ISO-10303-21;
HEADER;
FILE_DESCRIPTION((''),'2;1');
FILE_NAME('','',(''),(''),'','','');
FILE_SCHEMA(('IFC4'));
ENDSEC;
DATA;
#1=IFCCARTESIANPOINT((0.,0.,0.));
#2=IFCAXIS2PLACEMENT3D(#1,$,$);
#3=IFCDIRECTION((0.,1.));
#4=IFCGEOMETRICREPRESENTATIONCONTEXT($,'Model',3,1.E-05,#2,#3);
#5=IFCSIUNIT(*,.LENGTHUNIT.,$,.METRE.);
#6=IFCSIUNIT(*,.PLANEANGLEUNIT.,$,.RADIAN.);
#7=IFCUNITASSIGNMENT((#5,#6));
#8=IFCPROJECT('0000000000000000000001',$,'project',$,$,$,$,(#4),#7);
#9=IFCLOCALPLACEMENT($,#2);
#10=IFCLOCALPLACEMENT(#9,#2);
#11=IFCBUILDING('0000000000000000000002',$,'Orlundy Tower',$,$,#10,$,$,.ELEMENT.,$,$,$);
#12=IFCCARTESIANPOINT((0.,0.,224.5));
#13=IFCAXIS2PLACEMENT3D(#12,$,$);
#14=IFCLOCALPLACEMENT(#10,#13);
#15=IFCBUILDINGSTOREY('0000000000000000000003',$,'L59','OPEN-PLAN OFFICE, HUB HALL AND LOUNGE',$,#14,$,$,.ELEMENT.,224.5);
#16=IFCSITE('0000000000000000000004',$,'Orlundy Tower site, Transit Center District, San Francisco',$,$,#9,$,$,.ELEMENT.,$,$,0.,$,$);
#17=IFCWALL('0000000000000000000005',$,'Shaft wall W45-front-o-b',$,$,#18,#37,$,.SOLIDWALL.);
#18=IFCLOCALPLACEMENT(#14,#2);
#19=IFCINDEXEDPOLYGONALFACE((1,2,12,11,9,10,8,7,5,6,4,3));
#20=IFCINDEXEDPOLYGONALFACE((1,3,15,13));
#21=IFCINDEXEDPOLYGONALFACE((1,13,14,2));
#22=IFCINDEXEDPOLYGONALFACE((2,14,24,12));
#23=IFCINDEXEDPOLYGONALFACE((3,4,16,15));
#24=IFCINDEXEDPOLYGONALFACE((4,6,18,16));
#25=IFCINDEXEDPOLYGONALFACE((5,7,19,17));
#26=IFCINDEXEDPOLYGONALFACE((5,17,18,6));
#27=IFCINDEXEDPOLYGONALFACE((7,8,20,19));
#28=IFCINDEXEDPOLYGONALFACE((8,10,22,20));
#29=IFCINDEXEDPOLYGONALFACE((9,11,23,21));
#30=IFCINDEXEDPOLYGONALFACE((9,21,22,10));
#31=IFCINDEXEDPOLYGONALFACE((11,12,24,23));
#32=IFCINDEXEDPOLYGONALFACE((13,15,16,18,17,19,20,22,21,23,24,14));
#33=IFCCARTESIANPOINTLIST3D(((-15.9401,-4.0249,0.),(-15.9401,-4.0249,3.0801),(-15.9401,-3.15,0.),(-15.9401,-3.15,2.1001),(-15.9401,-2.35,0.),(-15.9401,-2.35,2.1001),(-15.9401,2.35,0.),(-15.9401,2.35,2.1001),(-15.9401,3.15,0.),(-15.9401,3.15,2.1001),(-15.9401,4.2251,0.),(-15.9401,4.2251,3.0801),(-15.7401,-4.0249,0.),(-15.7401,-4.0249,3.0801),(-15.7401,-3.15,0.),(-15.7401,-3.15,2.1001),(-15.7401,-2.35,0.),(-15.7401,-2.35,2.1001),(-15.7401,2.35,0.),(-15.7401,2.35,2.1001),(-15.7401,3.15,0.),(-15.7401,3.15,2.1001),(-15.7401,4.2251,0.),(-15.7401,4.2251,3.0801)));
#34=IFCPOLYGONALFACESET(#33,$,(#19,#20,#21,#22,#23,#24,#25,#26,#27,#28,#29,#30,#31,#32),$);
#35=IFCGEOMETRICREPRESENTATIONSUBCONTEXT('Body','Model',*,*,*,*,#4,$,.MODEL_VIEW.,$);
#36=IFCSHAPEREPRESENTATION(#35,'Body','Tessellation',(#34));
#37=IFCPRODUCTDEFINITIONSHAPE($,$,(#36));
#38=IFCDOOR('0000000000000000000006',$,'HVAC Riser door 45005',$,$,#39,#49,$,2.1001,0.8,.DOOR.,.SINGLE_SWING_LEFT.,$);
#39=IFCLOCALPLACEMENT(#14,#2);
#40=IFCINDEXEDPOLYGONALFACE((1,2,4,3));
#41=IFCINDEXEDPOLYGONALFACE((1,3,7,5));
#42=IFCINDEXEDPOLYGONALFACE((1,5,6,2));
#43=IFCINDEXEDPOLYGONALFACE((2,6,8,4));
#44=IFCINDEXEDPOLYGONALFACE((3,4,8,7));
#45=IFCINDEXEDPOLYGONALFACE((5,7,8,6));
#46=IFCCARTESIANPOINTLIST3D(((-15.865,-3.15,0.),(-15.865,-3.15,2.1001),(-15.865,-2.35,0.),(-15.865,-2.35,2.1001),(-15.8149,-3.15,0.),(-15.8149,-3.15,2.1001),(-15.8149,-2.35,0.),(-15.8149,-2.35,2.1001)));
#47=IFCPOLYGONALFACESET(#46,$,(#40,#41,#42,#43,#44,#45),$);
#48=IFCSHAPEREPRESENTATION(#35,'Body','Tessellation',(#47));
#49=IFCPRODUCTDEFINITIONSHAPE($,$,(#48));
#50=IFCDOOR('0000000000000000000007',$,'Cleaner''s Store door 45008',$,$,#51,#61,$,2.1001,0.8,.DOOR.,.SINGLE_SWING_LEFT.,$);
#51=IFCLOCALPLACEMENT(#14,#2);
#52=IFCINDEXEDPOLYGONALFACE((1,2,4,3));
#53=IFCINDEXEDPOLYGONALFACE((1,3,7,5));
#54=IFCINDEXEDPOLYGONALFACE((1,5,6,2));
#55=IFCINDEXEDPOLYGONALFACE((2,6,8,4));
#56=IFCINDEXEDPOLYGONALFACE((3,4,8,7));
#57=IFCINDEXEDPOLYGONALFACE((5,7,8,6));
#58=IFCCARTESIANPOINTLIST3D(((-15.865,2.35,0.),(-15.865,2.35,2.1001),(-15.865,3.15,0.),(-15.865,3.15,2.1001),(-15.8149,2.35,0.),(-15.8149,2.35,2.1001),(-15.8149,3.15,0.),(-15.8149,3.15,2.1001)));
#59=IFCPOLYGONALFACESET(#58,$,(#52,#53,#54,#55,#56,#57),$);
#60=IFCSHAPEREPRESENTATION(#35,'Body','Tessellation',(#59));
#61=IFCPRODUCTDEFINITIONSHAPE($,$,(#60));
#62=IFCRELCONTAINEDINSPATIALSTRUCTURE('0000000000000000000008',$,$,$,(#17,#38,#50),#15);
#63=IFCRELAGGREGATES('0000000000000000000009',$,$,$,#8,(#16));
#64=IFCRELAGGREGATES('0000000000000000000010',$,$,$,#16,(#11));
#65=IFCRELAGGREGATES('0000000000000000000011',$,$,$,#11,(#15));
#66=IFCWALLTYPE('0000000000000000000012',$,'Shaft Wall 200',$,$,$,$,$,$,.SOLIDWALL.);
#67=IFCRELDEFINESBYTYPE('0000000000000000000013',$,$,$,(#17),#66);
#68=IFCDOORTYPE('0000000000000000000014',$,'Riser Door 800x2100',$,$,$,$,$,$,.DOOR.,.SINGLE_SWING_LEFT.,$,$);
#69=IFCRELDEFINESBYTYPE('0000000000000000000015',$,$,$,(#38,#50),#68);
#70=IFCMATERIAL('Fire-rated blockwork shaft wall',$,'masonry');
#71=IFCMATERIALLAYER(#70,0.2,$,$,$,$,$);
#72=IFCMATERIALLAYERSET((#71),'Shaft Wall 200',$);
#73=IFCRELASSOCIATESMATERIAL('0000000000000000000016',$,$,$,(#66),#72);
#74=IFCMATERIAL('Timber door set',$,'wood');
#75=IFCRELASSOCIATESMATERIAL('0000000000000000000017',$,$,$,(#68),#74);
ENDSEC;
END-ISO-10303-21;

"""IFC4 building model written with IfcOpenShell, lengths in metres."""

from ifc_helpers import new_model, si_unit, direction, frame, frame_2d, origin, place, context, subcontext, project, spatial, rectangle, extrude, material, layer, layer_set, type_object, element, fill, save


model = new_model("IFC4")

# Units and contexts
model_context = context("Model", 3, precision=1e-05, world=origin(), true_north=direction((0.0, 1.0)))
body_context = subcontext(model_context, "Body", "Model", "MODEL_VIEW")
ifc_project = project(units=[si_unit("LENGTHUNIT", "METRE"), si_unit("PLANEANGLEUNIT", "RADIAN")], contexts=[model_context])

# Site, building, storey
site_placement = place(None, origin())
site = spatial("IfcSite", under=ifc_project, at=site_placement, Name="Orlundy Tower site, Transit Center District, San Francisco", CompositionType="ELEMENT", RefElevation=0.0)
building_placement = place(site_placement, origin())
building = spatial("IfcBuilding", under=site, at=building_placement, Name="Orlundy Tower", CompositionType="ELEMENT")
storey_placement = place(building_placement, frame((0.0, 0.0, 224.5)))
storey = spatial("IfcBuildingStorey", under=building, at=storey_placement, Name="L59", Description="OPEN-PLAN OFFICE, HUB HALL AND LOUNGE", CompositionType="ELEMENT", Elevation=224.5)

# Shared definitions
ifc_material_1 = material(Name="Fire-rated blockwork shaft wall", Category="masonry")
ifc_layer_1 = layer(ifc_material_1, 0.2)
ifc_layer_set_1 = layer_set([ifc_layer_1], Name="Shaft Wall 200")
wall_type_1 = type_object("IfcWallType", Name="Shaft Wall 200", PredefinedType="SOLIDWALL", material=ifc_layer_set_1)

# Wall, openings, doors
wall_1_placement = place(storey_placement, frame((-15.8401, -4.0249, 0.0), z_axis=(0.0, 0.0, 1.0), x_axis=(0.0, 1.0, 0.0)))
wall_1 = element("IfcWall", 1, at=wall_1_placement, inside=storey, type_object=wall_type_1, Name="Shaft wall W45-front-o-b", PredefinedType="SOLIDWALL", context=body_context, shape_type="SweptSolid", body=[
    extrude(rectangle(XDim=8.25, YDim=0.2, at=frame_2d((4.125, 0.0))), origin(), (0.0, 0.0, 1.0), 3.0801),
])
opening_1_placement = place(wall_1_placement, frame((0.875, 0.0, 0.0)))
opening_1 = element("IfcOpeningElement", 2, at=opening_1_placement, cuts=wall_1, PredefinedType="OPENING", context=body_context, shape_type="SweptSolid", body=[
    extrude(rectangle(XDim=0.8, YDim=2.1001, at=frame_2d((0.3999, 1.05))), frame((0.0, 0.1101, 0.0), z_axis=(0.0, -1.0, 0.0), x_axis=(1.0, 0.0, 0.0)), (0.0, 0.0, 1.0), 0.2202),
])
opening_2_placement = place(wall_1_placement, frame((6.375, 0.0, 0.0)))
opening_2 = element("IfcOpeningElement", 3, at=opening_2_placement, cuts=wall_1, PredefinedType="OPENING", context=body_context, shape_type="SweptSolid", body=[
    extrude(rectangle(XDim=0.8, YDim=2.1001, at=frame_2d((0.3999, 1.05))), frame((0.0, 0.1101, 0.0), z_axis=(0.0, -1.0, 0.0), x_axis=(1.0, 0.0, 0.0)), (0.0, 0.0, 1.0), 0.2202),
])
ifc_material_2 = material(Name="Timber door set", Category="wood")
door_type_1 = type_object("IfcDoorType", Name="Riser Door 800x2100", OperationType="SINGLE_SWING_LEFT", PredefinedType="DOOR", material=ifc_material_2)
door_1_placement = place(opening_1_placement, origin())
door_1 = element("IfcDoor", 4, at=door_1_placement, inside=storey, type_object=door_type_1, Name="HVAC Riser door 45005", OperationType="SINGLE_SWING_LEFT", OverallHeight=2.1001, OverallWidth=0.8, PredefinedType="DOOR", context=body_context, shape_type="SweptSolid", body=[
    extrude(rectangle(XDim=0.8, YDim=2.1001, at=frame_2d((0.3999, 1.05))), frame((0.0, 0.0249, 0.0), z_axis=(0.0, -1.0, 0.0), x_axis=(1.0, 0.0, 0.0)), (0.0, 0.0, 1.0), 0.05),
])
fill(opening_1, door_1)
door_2_placement = place(opening_2_placement, origin())
door_2 = element("IfcDoor", 5, at=door_2_placement, inside=storey, type_object=door_type_1, Name="Cleaner's Store door 45008", OperationType="SINGLE_SWING_LEFT", OverallHeight=2.1001, OverallWidth=0.8, PredefinedType="DOOR", context=body_context, shape_type="SweptSolid", body=[
    extrude(rectangle(XDim=0.8, YDim=2.1001, at=frame_2d((0.3999, 1.05))), frame((0.0, 0.0249, 0.0), z_axis=(0.0, -1.0, 0.0), x_axis=(1.0, 0.0, 0.0)), (0.0, 0.0, 1.0), 0.05),
])
fill(opening_2, door_2)

save(model, "model.ifc")
